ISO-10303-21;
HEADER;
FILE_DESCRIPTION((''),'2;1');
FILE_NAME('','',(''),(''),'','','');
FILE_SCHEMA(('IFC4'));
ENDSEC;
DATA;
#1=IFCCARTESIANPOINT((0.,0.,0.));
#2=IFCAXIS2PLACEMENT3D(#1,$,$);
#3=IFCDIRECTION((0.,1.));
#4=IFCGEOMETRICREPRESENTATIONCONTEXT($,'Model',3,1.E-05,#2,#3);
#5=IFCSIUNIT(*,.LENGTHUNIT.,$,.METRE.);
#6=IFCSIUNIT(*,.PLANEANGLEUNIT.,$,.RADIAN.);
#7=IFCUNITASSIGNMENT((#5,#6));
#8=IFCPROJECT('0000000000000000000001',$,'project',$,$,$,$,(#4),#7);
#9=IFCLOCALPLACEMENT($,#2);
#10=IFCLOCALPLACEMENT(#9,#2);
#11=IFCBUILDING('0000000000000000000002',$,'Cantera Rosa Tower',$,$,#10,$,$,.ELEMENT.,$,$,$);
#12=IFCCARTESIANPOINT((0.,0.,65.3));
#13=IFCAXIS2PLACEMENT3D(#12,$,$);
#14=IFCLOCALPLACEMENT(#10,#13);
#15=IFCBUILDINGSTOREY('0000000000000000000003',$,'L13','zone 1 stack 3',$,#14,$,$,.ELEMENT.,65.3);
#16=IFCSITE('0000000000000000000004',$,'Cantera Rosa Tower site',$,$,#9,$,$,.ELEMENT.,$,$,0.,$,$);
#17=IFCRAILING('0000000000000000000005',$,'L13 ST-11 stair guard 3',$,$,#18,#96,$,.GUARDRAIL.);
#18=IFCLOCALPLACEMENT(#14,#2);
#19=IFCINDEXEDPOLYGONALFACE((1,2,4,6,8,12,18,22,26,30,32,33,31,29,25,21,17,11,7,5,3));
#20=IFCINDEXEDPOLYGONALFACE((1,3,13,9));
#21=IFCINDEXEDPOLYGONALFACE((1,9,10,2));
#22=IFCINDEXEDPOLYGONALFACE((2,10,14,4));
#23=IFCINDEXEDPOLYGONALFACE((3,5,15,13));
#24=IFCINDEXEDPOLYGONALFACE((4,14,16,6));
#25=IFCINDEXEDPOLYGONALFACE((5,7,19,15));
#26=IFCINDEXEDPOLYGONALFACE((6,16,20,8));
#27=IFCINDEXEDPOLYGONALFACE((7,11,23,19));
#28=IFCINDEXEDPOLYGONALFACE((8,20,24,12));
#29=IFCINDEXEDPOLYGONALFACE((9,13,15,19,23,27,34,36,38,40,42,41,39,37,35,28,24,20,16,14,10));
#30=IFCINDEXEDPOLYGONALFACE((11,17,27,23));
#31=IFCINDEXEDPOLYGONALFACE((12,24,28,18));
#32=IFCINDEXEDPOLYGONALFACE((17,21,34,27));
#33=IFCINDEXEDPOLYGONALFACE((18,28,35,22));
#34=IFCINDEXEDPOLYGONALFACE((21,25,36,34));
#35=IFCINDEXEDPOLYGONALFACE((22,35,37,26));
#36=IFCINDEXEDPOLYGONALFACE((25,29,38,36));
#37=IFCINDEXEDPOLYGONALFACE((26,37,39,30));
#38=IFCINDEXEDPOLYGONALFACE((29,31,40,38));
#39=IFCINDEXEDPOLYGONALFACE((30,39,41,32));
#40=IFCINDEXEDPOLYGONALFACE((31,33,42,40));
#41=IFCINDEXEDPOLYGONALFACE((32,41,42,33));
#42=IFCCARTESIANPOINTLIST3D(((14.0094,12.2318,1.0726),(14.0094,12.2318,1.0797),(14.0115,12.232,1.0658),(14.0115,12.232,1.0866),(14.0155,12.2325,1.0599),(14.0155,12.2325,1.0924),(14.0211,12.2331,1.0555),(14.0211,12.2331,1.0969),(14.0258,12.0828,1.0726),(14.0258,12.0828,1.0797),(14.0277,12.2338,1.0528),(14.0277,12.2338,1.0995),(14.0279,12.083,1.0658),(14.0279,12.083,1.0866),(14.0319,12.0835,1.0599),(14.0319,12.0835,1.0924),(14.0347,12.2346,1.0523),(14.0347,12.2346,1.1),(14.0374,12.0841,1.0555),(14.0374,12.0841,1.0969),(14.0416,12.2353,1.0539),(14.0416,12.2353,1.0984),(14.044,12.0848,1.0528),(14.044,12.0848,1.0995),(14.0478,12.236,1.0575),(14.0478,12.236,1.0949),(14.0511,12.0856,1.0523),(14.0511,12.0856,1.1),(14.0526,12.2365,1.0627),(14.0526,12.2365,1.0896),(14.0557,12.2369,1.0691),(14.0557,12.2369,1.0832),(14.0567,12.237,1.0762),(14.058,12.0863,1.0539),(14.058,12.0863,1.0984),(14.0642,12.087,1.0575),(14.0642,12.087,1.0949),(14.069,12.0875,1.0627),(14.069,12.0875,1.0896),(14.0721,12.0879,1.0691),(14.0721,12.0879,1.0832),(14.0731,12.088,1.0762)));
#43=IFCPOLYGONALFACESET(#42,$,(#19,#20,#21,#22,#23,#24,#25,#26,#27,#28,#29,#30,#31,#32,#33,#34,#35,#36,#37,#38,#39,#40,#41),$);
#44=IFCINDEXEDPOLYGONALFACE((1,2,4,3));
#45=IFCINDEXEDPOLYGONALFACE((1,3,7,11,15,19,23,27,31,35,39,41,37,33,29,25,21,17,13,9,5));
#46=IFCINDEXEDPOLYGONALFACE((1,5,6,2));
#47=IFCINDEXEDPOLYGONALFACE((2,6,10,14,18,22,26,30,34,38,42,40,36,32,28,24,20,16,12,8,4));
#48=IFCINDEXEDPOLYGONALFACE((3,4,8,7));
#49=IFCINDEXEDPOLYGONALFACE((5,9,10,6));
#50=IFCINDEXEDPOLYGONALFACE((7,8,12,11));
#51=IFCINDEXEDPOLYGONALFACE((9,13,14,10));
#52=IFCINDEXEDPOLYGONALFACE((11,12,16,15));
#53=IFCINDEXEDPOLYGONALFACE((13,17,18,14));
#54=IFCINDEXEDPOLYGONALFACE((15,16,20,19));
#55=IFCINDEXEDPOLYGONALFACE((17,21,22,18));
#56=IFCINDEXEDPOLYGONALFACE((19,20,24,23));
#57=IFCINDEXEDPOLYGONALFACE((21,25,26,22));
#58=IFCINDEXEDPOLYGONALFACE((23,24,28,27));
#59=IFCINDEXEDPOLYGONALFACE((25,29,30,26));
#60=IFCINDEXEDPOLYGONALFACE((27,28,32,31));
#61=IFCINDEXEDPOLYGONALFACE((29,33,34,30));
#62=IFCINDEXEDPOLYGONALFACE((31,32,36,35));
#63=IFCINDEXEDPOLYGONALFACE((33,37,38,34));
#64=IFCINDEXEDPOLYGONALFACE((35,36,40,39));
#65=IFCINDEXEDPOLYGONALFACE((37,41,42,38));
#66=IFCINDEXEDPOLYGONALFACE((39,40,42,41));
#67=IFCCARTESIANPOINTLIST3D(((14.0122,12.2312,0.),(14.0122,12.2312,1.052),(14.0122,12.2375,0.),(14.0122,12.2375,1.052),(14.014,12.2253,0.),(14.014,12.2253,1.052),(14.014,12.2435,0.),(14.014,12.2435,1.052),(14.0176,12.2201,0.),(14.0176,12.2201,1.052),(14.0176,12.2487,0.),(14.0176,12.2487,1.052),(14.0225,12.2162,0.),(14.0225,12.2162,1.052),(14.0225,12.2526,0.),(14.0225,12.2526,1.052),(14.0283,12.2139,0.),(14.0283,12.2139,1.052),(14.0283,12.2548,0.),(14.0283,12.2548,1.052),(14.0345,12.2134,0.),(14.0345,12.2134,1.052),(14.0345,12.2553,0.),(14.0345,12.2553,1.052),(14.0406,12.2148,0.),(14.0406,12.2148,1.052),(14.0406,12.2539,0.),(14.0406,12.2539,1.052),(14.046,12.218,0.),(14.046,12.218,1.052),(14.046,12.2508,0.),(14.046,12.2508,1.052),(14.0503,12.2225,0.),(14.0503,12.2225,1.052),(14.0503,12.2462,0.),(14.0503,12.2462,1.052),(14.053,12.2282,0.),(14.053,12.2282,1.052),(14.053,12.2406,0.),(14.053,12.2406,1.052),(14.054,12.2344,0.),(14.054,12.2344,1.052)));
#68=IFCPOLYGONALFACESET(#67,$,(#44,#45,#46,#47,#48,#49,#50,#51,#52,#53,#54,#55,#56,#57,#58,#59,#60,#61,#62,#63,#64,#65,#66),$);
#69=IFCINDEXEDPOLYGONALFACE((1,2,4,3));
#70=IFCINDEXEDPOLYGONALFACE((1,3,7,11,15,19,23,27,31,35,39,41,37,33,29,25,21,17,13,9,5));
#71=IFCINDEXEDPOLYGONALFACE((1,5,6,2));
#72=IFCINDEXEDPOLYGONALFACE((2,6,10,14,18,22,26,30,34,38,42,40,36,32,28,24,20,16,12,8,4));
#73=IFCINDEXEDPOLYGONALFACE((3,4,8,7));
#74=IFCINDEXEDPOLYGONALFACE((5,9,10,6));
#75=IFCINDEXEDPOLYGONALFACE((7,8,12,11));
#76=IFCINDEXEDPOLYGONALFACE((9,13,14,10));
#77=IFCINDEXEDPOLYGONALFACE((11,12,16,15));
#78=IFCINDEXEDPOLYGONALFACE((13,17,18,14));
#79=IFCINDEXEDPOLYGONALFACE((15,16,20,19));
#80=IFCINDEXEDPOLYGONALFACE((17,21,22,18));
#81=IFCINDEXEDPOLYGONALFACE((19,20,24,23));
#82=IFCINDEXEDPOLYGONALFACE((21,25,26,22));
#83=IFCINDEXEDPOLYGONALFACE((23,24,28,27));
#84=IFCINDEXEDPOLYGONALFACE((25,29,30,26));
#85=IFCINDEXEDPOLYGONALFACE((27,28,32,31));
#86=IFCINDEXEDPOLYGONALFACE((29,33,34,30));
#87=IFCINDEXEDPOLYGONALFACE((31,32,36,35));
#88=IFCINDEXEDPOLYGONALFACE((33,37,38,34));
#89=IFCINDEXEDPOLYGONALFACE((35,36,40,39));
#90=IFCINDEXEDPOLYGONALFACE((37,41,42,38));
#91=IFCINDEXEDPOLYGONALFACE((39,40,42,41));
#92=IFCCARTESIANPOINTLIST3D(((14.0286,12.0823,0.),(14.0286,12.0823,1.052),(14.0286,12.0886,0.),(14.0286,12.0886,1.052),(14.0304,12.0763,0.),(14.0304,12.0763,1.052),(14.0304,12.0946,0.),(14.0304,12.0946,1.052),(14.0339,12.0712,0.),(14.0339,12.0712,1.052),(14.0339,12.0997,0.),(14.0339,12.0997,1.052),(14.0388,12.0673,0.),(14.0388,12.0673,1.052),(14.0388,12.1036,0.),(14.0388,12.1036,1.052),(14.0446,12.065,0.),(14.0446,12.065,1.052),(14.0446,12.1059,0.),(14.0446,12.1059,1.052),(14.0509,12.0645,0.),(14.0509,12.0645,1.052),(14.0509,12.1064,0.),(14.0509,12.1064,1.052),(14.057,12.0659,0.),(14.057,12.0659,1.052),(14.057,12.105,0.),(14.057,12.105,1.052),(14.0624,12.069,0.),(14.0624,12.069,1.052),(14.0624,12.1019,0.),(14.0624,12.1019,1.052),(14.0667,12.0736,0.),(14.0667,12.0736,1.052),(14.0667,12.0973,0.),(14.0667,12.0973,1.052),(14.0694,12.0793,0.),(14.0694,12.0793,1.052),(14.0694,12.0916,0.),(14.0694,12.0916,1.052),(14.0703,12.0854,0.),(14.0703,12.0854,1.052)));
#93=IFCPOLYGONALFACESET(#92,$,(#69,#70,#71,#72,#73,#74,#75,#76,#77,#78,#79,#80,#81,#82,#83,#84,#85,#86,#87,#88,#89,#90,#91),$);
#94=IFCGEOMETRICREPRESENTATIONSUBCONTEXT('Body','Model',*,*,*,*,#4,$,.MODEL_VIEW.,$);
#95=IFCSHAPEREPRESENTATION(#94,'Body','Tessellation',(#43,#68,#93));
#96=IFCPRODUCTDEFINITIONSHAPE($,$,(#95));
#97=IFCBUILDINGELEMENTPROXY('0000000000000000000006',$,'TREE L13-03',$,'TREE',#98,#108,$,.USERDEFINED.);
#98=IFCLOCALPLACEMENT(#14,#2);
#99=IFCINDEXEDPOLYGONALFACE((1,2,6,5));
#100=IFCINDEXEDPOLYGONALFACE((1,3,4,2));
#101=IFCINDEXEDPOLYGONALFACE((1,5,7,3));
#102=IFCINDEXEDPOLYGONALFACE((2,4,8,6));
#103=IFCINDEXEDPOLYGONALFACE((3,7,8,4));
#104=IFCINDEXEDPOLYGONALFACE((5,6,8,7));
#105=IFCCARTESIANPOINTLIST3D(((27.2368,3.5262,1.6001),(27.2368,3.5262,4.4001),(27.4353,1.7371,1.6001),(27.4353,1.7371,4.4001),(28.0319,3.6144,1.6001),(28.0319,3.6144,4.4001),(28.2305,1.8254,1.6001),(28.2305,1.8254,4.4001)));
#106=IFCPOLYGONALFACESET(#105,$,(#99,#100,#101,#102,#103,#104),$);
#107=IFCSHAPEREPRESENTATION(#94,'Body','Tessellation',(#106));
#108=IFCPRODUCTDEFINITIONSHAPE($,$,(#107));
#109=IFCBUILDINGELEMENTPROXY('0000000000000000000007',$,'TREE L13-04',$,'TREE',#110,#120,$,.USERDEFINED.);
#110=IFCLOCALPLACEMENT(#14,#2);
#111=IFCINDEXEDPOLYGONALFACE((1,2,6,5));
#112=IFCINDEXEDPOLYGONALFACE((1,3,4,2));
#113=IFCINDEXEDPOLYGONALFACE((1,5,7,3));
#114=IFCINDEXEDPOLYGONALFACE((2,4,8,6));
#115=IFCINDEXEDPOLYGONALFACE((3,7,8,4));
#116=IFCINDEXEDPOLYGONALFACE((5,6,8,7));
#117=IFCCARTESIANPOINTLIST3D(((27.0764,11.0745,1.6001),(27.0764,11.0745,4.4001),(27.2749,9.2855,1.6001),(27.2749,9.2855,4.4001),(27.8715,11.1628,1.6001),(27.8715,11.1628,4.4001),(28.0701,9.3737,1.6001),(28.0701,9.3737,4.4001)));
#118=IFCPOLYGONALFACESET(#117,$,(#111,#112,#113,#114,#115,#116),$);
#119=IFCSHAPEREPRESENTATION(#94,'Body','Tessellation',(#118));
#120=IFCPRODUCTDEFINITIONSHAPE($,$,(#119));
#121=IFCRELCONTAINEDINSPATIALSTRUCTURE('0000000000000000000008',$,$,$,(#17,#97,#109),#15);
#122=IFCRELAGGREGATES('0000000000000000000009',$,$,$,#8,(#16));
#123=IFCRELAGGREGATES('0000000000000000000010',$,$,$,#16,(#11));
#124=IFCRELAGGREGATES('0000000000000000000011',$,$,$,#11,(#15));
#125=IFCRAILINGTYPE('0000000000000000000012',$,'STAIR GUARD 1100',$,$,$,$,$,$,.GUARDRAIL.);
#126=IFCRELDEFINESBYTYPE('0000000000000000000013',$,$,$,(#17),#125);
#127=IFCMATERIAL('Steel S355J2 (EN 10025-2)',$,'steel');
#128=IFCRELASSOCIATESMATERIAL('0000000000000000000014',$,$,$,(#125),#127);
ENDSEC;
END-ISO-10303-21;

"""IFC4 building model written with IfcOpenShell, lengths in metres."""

from ifc_helpers import new_model, si_unit, direction, frame, origin, origin_2d, place, context, subcontext, project, spatial, rectangle, circle, extrude, material, type_object, element, save


model = new_model("IFC4")

# Units and contexts
model_context = context("Model", 3, precision=1e-05, world=origin(), true_north=direction((0.0, 1.0)))
body_context = subcontext(model_context, "Body", "Model", "MODEL_VIEW")
ifc_project = project(units=[si_unit("LENGTHUNIT", "METRE"), si_unit("PLANEANGLEUNIT", "RADIAN")], contexts=[model_context])

# Site, building, storey
site_placement = place(None, origin())
site = spatial("IfcSite", under=ifc_project, at=site_placement, Name="Cantera Rosa Tower site", CompositionType="ELEMENT", RefElevation=0.0)
building_placement = place(site_placement, origin())
building = spatial("IfcBuilding", under=site, at=building_placement, Name="Cantera Rosa Tower", CompositionType="ELEMENT")
storey_placement = place(building_placement, frame((0.0, 0.0, 65.3)))
storey = spatial("IfcBuildingStorey", under=building, at=storey_placement, Name="L13", Description="zone 1 stack 3", CompositionType="ELEMENT", Elevation=65.3)

# Railing
ifc_material_1 = material(Name="Steel S355J2 (EN 10025-2)", Category="steel")
railing_type_1 = type_object("IfcRailingType", Name="STAIR GUARD 1100", PredefinedType="GUARDRAIL", material=ifc_material_1)
railing_1_placement = place(storey_placement, frame((14.033, 12.2344, 0.0)))
element("IfcRailing", 1, at=railing_1_placement, inside=storey, type_object=railing_type_1, Name="L13 ST-11 stair guard 3", PredefinedType="GUARDRAIL", context=body_context, shape_type="SweptSolid", body=[
    extrude(circle(Radius=0.0239, at=origin_2d()), frame((0.0, 0.0, 1.0762), z_axis=(0.109179, -0.994022, 0.0), x_axis=(0.994022, 0.109179, 0.0)), (0.0, 0.0, 1.0), 0.1499),
    extrude(circle(Radius=0.021, at=origin_2d()), origin(), (0.0, 0.0, 1.0), 1.052),
    extrude(circle(Radius=0.021, at=origin_2d()), frame((0.0164, -0.1489, 0.0)), (0.0, 0.0, 1.0), 1.052),
])

# Building element proxies
for number, where, z_axis, x_axis, name in (
    (2, (27.7336, 2.6758, 1.6001), (0.0, 0.0, 1.0), (-0.110313, 0.993897, 0.0), "TREE L13-03"),
    (3, (27.5732, 10.2241, 1.6001), (0.0, 0.0, 1.0), (-0.110313, 0.993897, 0.0), "TREE L13-04"),
):
    element("IfcBuildingElementProxy", number, at=place(storey_placement, frame(where, z_axis=z_axis, x_axis=x_axis)), inside=storey, Name=name, ObjectType="TREE", PredefinedType="USERDEFINED", context=body_context, shape_type="SweptSolid", body=[
        extrude(rectangle(XDim=1.8, YDim=0.8, at=origin_2d()), origin(), (0.0, 0.0, 1.0), 2.8),
    ])

save(model, "model.ifc")
